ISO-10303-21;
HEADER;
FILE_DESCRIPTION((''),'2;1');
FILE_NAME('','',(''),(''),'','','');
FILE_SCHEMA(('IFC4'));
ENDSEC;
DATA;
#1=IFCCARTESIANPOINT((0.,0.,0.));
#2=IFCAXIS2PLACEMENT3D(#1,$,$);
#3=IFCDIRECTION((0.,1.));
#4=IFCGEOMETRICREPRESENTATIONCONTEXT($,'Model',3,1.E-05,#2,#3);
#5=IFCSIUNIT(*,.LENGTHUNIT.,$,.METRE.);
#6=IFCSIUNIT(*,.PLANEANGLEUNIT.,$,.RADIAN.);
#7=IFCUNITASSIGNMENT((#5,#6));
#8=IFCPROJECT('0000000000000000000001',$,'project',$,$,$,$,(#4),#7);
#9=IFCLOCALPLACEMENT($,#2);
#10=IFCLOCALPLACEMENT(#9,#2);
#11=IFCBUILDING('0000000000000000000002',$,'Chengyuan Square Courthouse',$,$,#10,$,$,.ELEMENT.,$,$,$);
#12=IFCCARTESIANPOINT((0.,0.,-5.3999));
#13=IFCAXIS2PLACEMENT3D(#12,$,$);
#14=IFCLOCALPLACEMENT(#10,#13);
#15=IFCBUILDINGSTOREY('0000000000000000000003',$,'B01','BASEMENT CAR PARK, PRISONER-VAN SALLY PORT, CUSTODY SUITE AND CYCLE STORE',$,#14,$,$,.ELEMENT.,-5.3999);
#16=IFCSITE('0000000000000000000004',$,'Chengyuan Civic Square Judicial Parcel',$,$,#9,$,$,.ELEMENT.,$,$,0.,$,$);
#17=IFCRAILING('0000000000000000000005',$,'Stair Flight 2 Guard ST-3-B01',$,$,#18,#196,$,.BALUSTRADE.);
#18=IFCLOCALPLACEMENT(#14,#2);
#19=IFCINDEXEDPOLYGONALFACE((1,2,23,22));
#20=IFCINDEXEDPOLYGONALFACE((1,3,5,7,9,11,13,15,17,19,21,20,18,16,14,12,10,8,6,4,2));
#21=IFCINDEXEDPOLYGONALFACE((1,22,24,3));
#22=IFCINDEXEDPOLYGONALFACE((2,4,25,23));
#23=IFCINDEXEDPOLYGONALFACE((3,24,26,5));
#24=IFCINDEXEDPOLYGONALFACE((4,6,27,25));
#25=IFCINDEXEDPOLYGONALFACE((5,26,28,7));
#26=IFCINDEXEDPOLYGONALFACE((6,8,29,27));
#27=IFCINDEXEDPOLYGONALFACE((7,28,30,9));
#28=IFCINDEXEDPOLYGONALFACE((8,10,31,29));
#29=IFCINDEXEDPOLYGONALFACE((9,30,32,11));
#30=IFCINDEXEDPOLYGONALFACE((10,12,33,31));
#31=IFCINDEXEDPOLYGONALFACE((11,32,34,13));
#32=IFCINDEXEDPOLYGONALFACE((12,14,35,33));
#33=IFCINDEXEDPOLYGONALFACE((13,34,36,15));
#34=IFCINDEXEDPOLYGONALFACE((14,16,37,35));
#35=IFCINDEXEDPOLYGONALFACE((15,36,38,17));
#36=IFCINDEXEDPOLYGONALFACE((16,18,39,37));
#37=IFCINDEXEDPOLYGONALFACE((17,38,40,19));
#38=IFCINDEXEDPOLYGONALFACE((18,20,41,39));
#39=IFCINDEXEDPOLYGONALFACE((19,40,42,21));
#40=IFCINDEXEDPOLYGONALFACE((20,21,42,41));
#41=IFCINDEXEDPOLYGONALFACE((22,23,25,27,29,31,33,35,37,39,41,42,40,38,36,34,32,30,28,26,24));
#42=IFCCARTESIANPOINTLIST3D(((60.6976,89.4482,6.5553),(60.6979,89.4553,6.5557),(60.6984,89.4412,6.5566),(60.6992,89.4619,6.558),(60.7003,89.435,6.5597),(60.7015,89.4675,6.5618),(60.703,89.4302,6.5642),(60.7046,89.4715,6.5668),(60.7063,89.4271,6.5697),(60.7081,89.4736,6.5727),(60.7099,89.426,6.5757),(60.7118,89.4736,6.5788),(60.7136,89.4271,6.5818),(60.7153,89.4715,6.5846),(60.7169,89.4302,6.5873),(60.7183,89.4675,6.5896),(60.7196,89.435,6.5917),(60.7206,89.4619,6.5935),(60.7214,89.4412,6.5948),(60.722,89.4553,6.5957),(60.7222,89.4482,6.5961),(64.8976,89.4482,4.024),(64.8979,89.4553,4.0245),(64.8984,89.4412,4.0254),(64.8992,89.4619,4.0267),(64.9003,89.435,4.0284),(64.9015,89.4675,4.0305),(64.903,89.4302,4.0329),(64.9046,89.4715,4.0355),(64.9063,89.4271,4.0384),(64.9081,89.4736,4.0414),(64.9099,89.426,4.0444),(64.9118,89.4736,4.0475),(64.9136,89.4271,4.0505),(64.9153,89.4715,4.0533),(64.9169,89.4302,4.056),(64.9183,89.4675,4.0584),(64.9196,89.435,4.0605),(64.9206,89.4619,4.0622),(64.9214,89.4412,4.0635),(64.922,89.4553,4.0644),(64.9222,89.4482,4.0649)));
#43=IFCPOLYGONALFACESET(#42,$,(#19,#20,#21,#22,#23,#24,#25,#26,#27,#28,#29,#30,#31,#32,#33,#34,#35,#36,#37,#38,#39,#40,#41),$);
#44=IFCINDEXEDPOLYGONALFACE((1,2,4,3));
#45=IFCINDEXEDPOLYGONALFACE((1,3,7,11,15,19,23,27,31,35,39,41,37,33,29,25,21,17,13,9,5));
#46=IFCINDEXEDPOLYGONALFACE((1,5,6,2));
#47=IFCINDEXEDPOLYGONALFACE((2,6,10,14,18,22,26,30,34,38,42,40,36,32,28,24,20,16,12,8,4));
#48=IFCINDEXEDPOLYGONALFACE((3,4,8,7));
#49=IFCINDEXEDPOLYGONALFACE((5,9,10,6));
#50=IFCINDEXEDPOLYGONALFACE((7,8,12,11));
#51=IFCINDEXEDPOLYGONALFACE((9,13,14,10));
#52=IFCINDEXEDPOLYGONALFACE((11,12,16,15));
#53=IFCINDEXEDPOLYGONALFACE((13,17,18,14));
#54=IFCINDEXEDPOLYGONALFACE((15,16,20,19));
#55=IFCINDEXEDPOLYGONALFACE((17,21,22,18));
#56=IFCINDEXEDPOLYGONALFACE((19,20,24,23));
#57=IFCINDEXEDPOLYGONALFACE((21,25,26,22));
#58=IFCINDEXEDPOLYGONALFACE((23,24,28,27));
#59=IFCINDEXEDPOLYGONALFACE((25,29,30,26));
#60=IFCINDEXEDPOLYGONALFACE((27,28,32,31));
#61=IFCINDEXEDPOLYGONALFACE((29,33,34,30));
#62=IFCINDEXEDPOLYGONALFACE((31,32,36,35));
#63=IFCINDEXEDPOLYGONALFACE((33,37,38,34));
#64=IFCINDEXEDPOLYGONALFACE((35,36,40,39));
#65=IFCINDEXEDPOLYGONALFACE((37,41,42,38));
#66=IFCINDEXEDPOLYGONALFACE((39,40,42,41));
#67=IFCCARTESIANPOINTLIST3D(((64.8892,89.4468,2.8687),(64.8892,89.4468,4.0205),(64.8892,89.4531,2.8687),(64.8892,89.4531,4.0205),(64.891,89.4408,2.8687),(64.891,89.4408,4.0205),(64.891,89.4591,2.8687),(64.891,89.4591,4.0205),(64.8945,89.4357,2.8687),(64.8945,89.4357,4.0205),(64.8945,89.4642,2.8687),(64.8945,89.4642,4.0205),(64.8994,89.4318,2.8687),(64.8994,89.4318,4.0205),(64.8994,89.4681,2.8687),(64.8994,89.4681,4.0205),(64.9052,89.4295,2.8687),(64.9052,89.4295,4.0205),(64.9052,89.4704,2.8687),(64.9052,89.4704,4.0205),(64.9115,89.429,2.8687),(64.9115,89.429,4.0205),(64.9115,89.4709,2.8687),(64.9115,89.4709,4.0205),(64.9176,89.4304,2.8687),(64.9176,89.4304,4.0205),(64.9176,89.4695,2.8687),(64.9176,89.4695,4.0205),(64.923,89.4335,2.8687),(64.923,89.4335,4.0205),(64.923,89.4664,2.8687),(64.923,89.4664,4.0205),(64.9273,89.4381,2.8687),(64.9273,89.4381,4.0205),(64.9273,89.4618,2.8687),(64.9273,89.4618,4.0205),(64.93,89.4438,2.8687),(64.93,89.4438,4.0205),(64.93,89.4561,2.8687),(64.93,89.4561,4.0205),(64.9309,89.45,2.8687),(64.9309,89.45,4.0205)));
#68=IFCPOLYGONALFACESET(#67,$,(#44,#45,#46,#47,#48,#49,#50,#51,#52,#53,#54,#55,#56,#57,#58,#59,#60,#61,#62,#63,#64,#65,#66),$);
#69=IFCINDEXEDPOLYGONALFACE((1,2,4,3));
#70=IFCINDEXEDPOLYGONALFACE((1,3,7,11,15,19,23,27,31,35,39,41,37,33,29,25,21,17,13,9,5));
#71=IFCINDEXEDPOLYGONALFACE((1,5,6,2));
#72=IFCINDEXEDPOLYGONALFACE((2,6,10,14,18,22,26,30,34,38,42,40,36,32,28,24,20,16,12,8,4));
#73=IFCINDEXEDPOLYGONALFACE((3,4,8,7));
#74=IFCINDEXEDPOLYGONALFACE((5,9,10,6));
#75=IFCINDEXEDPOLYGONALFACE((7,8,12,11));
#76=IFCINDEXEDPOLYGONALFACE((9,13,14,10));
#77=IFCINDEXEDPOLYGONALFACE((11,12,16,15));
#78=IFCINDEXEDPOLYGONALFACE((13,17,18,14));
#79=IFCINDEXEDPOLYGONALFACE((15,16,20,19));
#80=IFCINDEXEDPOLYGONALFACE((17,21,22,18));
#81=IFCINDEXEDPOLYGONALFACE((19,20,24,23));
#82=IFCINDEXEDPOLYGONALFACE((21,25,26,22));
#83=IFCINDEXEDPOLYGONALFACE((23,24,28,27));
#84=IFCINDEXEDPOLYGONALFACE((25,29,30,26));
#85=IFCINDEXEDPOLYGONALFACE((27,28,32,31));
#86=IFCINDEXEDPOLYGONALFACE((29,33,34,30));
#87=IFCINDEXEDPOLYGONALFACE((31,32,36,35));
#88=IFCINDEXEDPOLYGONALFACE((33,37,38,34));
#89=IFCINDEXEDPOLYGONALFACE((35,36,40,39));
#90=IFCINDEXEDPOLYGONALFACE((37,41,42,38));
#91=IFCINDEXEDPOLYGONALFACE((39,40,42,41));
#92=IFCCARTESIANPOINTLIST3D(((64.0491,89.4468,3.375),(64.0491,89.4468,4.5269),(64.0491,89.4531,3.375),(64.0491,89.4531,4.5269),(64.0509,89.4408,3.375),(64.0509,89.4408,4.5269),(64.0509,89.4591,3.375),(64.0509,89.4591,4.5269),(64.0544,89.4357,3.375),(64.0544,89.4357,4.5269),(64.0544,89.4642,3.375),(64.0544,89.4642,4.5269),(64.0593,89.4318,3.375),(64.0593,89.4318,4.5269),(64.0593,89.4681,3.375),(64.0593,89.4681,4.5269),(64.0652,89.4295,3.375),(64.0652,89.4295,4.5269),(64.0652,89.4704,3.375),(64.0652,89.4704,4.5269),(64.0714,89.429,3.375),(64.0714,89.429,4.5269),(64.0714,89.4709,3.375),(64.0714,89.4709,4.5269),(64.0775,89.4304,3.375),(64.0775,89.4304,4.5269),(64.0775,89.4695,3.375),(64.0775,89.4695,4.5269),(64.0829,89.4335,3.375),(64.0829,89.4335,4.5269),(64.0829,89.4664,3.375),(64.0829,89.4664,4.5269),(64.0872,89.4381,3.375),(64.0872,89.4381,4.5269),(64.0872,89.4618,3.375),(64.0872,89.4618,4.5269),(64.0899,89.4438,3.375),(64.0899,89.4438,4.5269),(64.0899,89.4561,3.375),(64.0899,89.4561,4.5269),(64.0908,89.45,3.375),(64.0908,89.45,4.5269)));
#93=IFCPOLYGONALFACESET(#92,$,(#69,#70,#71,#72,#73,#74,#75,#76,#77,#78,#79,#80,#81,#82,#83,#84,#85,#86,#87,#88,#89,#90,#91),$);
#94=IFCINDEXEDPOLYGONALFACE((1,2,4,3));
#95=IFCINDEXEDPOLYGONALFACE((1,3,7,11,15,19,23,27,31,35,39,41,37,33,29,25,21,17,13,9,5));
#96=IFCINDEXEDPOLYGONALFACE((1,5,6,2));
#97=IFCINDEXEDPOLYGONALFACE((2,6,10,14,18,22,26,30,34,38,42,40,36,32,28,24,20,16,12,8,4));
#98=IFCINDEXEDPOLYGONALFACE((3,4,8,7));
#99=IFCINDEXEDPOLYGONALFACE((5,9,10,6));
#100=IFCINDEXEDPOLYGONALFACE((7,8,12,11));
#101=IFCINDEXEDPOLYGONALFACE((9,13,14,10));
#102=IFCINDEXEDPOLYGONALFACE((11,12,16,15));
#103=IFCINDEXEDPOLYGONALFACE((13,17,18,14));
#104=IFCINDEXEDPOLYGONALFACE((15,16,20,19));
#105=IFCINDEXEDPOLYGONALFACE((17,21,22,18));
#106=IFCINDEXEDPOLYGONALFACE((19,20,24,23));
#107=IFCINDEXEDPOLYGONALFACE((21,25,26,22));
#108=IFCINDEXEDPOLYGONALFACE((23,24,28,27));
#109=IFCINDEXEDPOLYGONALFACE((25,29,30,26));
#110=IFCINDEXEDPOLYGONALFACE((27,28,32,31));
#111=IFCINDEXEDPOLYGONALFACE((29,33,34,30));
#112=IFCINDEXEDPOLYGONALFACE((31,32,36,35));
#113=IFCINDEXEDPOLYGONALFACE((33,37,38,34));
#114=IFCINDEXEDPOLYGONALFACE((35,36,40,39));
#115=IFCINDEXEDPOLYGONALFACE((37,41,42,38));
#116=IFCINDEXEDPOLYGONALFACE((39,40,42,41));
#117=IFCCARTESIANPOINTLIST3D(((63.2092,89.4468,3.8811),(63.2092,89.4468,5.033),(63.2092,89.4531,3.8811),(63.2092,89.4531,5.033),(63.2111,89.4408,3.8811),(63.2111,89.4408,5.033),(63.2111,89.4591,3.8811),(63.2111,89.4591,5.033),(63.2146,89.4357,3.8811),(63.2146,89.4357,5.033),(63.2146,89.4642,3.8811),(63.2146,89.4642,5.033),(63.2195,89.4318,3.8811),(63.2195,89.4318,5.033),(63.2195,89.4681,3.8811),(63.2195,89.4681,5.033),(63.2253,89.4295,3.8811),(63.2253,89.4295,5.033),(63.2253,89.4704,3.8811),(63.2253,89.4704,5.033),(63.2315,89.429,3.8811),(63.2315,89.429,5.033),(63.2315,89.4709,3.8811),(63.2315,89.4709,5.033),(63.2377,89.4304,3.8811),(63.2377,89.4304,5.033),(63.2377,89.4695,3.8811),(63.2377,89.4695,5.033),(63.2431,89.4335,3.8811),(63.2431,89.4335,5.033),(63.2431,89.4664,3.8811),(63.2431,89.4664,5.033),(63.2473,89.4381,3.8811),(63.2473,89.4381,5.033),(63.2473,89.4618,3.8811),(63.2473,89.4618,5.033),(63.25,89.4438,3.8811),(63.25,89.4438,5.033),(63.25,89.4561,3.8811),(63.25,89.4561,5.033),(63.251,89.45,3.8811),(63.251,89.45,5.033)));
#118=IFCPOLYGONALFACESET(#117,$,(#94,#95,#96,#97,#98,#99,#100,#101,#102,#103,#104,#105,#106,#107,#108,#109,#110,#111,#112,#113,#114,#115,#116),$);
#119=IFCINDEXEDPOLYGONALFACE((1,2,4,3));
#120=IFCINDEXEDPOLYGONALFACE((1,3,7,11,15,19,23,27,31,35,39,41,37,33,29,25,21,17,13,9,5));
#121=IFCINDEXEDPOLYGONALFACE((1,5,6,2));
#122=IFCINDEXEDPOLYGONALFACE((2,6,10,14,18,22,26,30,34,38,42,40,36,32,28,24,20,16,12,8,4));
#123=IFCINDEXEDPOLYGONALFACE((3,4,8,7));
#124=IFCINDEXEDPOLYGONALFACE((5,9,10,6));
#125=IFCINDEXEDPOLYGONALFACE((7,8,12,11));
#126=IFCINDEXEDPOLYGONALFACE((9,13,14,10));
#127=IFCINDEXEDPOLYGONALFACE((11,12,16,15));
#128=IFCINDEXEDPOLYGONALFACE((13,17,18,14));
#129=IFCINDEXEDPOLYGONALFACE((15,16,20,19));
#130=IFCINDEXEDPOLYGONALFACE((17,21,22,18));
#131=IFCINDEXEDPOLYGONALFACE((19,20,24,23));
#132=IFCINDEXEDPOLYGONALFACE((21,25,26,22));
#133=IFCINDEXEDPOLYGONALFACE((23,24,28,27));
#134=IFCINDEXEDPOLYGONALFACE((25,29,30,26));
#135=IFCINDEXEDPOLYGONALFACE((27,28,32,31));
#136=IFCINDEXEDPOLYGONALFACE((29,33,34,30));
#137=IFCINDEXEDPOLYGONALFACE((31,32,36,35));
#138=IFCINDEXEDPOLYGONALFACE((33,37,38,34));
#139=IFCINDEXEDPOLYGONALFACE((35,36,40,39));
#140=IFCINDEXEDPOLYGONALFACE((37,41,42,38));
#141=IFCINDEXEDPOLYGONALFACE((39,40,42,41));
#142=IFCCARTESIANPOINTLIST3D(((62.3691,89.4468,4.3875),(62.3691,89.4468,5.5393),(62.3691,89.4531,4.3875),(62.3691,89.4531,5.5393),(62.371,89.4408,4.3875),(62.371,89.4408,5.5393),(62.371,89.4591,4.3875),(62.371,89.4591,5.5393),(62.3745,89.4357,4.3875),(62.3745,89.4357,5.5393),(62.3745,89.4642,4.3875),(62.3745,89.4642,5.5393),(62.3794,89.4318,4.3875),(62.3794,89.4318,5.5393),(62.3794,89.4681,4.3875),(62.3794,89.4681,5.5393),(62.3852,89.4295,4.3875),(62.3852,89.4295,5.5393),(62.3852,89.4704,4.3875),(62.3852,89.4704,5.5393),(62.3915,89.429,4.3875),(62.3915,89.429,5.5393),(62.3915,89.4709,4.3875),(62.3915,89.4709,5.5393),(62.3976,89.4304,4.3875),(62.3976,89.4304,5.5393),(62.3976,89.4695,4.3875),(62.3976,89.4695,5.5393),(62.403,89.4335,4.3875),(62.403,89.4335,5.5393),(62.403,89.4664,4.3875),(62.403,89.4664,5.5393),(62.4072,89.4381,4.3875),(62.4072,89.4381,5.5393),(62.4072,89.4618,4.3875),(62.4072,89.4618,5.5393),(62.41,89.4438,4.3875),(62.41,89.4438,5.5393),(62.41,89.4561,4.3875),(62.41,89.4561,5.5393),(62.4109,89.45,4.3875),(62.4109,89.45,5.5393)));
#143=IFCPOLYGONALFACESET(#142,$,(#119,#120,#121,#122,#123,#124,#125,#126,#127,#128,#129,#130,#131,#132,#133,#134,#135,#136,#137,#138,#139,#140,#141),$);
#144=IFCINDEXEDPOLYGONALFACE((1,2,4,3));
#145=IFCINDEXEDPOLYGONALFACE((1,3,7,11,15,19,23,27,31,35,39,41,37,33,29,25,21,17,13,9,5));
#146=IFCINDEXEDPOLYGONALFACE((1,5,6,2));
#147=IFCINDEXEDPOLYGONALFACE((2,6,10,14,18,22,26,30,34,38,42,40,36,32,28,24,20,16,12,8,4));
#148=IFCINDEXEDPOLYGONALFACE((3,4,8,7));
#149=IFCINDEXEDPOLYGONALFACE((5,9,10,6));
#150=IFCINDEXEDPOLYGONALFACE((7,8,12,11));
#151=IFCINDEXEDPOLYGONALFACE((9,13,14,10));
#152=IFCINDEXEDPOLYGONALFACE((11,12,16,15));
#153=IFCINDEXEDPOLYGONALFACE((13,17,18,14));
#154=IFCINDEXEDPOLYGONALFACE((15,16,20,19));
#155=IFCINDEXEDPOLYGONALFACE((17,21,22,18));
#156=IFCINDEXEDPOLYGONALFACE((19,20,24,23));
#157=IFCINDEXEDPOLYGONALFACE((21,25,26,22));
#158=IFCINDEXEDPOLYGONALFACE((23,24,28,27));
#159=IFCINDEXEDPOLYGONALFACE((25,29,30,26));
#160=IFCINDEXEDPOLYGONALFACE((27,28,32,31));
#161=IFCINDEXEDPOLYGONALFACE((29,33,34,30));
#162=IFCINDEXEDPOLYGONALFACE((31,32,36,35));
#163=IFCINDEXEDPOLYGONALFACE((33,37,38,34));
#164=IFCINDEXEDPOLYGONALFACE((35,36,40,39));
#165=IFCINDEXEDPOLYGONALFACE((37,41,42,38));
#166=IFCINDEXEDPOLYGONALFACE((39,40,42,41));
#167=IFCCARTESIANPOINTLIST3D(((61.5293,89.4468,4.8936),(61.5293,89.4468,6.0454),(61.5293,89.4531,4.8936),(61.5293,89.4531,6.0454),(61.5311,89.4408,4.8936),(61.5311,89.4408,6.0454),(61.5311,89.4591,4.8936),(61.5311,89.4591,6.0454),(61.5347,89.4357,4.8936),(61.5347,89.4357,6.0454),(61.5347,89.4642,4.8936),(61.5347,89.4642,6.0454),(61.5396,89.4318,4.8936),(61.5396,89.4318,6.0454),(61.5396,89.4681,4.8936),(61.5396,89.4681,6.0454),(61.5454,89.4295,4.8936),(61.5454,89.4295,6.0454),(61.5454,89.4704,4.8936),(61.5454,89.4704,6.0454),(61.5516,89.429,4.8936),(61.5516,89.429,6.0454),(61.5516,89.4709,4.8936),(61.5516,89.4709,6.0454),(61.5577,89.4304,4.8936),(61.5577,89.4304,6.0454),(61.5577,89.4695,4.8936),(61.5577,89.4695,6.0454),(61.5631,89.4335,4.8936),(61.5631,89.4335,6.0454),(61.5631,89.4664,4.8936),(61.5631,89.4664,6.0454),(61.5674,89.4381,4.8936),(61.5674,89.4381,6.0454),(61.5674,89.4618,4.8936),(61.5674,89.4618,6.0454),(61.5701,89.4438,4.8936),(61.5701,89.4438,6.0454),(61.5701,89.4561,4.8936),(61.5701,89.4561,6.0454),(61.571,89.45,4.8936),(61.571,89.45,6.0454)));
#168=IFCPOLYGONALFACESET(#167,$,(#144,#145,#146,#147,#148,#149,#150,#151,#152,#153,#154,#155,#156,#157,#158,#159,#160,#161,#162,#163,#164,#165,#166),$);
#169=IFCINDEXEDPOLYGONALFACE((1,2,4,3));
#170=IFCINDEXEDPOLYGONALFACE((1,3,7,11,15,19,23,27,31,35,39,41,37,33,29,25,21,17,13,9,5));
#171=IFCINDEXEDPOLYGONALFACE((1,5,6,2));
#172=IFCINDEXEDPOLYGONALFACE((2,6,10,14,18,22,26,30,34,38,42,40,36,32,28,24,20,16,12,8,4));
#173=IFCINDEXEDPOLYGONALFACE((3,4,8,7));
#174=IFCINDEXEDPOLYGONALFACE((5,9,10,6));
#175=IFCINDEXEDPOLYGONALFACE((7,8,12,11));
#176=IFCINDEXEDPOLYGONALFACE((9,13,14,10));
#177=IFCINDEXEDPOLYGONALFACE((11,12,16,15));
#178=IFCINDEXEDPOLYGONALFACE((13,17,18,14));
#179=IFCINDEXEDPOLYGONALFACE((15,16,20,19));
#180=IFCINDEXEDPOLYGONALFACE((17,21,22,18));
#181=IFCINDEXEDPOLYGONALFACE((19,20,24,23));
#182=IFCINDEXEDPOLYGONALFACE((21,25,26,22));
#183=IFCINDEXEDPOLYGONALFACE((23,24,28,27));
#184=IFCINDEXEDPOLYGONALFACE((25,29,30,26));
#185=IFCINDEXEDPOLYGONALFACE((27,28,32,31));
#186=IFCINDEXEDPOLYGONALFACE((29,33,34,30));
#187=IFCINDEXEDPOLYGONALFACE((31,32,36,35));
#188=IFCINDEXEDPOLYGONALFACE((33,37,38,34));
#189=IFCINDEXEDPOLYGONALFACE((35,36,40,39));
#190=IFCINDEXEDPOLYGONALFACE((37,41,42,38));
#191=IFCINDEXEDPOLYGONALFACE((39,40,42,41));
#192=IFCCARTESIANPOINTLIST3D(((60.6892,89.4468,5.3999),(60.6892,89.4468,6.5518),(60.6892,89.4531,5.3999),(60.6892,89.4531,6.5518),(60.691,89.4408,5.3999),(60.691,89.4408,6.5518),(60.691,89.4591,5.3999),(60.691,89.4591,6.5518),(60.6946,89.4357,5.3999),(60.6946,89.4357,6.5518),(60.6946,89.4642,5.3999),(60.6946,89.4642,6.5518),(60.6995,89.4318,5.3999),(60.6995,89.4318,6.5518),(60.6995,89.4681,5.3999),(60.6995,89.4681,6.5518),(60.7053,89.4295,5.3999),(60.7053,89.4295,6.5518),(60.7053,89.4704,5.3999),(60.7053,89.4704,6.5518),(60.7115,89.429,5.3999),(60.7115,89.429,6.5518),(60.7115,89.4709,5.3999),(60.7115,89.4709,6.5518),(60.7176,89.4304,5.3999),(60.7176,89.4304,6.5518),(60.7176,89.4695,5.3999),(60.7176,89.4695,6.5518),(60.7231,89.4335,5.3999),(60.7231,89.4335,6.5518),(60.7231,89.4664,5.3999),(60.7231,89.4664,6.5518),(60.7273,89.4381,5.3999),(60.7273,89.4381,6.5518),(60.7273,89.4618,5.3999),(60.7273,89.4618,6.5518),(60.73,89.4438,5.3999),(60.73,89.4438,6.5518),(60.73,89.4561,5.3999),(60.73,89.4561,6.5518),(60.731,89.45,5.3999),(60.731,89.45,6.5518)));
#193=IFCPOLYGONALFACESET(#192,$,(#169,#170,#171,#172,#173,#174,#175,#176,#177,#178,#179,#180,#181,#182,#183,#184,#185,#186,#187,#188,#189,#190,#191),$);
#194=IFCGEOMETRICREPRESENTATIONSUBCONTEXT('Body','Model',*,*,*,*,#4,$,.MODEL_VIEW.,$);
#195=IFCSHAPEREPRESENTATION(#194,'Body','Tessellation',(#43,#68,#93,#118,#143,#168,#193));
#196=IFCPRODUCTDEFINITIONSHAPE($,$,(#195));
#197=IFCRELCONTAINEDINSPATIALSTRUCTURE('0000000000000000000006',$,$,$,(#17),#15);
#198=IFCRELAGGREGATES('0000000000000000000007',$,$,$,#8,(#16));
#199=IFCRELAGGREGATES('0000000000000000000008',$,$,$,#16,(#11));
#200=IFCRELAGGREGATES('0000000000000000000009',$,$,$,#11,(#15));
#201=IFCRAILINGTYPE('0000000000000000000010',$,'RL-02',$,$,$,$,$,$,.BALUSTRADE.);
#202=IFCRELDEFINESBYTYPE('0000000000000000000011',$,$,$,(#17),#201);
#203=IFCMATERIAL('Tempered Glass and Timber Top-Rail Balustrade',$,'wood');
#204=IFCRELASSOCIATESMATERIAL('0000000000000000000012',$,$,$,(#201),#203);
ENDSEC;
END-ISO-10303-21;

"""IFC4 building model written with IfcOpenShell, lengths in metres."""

from ifc_helpers import new_model, si_unit, direction, frame, origin, origin_2d, place, context, subcontext, project, spatial, circle, extrude, material, type_object, element, save


model = new_model("IFC4")

# Units and contexts
model_context = context("Model", 3, precision=1e-05, world=origin(), true_north=direction((0.0, 1.0)))
body_context = subcontext(model_context, "Body", "Model", "MODEL_VIEW")
ifc_project = project(units=[si_unit("LENGTHUNIT", "METRE"), si_unit("PLANEANGLEUNIT", "RADIAN")], contexts=[model_context])

# Site, building, storey
site_placement = place(None, origin())
site = spatial("IfcSite", under=ifc_project, at=site_placement, Name="Chengyuan Civic Square Judicial Parcel", CompositionType="ELEMENT", RefElevation=0.0)
building_placement = place(site_placement, origin())
building = spatial("IfcBuilding", under=site, at=building_placement, Name="Chengyuan Square Courthouse", CompositionType="ELEMENT")
storey_placement = place(building_placement, frame((0.0, 0.0, -5.3999)))
storey = spatial("IfcBuildingStorey", under=building, at=storey_placement, Name="B01", Description="BASEMENT CAR PARK, PRISONER-VAN SALLY PORT, CUSTODY SUITE AND CYCLE STORE", CompositionType="ELEMENT", Elevation=-5.3999)

# Railing
ifc_material_1 = material(Name="Tempered Glass and Timber Top-Rail Balustrade", Category="wood")
railing_type_1 = type_object("IfcRailingType", Name="RL-02", PredefinedType="BALUSTRADE", material=ifc_material_1)
railing_1_placement = place(storey_placement, frame((64.9099, 89.45, 2.8687)))
element("IfcRailing", 1, at=railing_1_placement, inside=storey, type_object=railing_type_1, Name="Stair Flight 2 Guard ST-3-B01", PredefinedType="BALUSTRADE", context=body_context, shape_type="SweptSolid", body=[
    extrude(circle(Radius=0.0239, at=origin_2d()), frame((0.0, 0.0, 1.1758), z_axis=(-0.856476, 0.0, 0.516186), x_axis=(0.0, -1.0, 0.0)), (0.0, 0.0, 1.0), 4.9038),
    extrude(circle(Radius=0.021, at=origin_2d()), origin(), (0.0, 0.0, 1.0), 1.1519),
    extrude(circle(Radius=0.021, at=origin_2d()), frame((-0.8401, 0.0, 0.5063)), (0.0, 0.0, 1.0), 1.1519),
    extrude(circle(Radius=0.021, at=origin_2d()), frame((-1.6799, 0.0, 1.0125)), (0.0, 0.0, 1.0), 1.1519),
    extrude(circle(Radius=0.021, at=origin_2d()), frame((-2.52, 0.0, 1.5188)), (0.0, 0.0, 1.0), 1.1519),
    extrude(circle(Radius=0.021, at=origin_2d()), frame((-3.3599, 0.0, 2.0249)), (0.0, 0.0, 1.0), 1.1519),
    extrude(circle(Radius=0.021, at=origin_2d()), frame((-4.2, 0.0, 2.5312)), (0.0, 0.0, 1.0), 1.1519),
])

save(model, "model.ifc")
